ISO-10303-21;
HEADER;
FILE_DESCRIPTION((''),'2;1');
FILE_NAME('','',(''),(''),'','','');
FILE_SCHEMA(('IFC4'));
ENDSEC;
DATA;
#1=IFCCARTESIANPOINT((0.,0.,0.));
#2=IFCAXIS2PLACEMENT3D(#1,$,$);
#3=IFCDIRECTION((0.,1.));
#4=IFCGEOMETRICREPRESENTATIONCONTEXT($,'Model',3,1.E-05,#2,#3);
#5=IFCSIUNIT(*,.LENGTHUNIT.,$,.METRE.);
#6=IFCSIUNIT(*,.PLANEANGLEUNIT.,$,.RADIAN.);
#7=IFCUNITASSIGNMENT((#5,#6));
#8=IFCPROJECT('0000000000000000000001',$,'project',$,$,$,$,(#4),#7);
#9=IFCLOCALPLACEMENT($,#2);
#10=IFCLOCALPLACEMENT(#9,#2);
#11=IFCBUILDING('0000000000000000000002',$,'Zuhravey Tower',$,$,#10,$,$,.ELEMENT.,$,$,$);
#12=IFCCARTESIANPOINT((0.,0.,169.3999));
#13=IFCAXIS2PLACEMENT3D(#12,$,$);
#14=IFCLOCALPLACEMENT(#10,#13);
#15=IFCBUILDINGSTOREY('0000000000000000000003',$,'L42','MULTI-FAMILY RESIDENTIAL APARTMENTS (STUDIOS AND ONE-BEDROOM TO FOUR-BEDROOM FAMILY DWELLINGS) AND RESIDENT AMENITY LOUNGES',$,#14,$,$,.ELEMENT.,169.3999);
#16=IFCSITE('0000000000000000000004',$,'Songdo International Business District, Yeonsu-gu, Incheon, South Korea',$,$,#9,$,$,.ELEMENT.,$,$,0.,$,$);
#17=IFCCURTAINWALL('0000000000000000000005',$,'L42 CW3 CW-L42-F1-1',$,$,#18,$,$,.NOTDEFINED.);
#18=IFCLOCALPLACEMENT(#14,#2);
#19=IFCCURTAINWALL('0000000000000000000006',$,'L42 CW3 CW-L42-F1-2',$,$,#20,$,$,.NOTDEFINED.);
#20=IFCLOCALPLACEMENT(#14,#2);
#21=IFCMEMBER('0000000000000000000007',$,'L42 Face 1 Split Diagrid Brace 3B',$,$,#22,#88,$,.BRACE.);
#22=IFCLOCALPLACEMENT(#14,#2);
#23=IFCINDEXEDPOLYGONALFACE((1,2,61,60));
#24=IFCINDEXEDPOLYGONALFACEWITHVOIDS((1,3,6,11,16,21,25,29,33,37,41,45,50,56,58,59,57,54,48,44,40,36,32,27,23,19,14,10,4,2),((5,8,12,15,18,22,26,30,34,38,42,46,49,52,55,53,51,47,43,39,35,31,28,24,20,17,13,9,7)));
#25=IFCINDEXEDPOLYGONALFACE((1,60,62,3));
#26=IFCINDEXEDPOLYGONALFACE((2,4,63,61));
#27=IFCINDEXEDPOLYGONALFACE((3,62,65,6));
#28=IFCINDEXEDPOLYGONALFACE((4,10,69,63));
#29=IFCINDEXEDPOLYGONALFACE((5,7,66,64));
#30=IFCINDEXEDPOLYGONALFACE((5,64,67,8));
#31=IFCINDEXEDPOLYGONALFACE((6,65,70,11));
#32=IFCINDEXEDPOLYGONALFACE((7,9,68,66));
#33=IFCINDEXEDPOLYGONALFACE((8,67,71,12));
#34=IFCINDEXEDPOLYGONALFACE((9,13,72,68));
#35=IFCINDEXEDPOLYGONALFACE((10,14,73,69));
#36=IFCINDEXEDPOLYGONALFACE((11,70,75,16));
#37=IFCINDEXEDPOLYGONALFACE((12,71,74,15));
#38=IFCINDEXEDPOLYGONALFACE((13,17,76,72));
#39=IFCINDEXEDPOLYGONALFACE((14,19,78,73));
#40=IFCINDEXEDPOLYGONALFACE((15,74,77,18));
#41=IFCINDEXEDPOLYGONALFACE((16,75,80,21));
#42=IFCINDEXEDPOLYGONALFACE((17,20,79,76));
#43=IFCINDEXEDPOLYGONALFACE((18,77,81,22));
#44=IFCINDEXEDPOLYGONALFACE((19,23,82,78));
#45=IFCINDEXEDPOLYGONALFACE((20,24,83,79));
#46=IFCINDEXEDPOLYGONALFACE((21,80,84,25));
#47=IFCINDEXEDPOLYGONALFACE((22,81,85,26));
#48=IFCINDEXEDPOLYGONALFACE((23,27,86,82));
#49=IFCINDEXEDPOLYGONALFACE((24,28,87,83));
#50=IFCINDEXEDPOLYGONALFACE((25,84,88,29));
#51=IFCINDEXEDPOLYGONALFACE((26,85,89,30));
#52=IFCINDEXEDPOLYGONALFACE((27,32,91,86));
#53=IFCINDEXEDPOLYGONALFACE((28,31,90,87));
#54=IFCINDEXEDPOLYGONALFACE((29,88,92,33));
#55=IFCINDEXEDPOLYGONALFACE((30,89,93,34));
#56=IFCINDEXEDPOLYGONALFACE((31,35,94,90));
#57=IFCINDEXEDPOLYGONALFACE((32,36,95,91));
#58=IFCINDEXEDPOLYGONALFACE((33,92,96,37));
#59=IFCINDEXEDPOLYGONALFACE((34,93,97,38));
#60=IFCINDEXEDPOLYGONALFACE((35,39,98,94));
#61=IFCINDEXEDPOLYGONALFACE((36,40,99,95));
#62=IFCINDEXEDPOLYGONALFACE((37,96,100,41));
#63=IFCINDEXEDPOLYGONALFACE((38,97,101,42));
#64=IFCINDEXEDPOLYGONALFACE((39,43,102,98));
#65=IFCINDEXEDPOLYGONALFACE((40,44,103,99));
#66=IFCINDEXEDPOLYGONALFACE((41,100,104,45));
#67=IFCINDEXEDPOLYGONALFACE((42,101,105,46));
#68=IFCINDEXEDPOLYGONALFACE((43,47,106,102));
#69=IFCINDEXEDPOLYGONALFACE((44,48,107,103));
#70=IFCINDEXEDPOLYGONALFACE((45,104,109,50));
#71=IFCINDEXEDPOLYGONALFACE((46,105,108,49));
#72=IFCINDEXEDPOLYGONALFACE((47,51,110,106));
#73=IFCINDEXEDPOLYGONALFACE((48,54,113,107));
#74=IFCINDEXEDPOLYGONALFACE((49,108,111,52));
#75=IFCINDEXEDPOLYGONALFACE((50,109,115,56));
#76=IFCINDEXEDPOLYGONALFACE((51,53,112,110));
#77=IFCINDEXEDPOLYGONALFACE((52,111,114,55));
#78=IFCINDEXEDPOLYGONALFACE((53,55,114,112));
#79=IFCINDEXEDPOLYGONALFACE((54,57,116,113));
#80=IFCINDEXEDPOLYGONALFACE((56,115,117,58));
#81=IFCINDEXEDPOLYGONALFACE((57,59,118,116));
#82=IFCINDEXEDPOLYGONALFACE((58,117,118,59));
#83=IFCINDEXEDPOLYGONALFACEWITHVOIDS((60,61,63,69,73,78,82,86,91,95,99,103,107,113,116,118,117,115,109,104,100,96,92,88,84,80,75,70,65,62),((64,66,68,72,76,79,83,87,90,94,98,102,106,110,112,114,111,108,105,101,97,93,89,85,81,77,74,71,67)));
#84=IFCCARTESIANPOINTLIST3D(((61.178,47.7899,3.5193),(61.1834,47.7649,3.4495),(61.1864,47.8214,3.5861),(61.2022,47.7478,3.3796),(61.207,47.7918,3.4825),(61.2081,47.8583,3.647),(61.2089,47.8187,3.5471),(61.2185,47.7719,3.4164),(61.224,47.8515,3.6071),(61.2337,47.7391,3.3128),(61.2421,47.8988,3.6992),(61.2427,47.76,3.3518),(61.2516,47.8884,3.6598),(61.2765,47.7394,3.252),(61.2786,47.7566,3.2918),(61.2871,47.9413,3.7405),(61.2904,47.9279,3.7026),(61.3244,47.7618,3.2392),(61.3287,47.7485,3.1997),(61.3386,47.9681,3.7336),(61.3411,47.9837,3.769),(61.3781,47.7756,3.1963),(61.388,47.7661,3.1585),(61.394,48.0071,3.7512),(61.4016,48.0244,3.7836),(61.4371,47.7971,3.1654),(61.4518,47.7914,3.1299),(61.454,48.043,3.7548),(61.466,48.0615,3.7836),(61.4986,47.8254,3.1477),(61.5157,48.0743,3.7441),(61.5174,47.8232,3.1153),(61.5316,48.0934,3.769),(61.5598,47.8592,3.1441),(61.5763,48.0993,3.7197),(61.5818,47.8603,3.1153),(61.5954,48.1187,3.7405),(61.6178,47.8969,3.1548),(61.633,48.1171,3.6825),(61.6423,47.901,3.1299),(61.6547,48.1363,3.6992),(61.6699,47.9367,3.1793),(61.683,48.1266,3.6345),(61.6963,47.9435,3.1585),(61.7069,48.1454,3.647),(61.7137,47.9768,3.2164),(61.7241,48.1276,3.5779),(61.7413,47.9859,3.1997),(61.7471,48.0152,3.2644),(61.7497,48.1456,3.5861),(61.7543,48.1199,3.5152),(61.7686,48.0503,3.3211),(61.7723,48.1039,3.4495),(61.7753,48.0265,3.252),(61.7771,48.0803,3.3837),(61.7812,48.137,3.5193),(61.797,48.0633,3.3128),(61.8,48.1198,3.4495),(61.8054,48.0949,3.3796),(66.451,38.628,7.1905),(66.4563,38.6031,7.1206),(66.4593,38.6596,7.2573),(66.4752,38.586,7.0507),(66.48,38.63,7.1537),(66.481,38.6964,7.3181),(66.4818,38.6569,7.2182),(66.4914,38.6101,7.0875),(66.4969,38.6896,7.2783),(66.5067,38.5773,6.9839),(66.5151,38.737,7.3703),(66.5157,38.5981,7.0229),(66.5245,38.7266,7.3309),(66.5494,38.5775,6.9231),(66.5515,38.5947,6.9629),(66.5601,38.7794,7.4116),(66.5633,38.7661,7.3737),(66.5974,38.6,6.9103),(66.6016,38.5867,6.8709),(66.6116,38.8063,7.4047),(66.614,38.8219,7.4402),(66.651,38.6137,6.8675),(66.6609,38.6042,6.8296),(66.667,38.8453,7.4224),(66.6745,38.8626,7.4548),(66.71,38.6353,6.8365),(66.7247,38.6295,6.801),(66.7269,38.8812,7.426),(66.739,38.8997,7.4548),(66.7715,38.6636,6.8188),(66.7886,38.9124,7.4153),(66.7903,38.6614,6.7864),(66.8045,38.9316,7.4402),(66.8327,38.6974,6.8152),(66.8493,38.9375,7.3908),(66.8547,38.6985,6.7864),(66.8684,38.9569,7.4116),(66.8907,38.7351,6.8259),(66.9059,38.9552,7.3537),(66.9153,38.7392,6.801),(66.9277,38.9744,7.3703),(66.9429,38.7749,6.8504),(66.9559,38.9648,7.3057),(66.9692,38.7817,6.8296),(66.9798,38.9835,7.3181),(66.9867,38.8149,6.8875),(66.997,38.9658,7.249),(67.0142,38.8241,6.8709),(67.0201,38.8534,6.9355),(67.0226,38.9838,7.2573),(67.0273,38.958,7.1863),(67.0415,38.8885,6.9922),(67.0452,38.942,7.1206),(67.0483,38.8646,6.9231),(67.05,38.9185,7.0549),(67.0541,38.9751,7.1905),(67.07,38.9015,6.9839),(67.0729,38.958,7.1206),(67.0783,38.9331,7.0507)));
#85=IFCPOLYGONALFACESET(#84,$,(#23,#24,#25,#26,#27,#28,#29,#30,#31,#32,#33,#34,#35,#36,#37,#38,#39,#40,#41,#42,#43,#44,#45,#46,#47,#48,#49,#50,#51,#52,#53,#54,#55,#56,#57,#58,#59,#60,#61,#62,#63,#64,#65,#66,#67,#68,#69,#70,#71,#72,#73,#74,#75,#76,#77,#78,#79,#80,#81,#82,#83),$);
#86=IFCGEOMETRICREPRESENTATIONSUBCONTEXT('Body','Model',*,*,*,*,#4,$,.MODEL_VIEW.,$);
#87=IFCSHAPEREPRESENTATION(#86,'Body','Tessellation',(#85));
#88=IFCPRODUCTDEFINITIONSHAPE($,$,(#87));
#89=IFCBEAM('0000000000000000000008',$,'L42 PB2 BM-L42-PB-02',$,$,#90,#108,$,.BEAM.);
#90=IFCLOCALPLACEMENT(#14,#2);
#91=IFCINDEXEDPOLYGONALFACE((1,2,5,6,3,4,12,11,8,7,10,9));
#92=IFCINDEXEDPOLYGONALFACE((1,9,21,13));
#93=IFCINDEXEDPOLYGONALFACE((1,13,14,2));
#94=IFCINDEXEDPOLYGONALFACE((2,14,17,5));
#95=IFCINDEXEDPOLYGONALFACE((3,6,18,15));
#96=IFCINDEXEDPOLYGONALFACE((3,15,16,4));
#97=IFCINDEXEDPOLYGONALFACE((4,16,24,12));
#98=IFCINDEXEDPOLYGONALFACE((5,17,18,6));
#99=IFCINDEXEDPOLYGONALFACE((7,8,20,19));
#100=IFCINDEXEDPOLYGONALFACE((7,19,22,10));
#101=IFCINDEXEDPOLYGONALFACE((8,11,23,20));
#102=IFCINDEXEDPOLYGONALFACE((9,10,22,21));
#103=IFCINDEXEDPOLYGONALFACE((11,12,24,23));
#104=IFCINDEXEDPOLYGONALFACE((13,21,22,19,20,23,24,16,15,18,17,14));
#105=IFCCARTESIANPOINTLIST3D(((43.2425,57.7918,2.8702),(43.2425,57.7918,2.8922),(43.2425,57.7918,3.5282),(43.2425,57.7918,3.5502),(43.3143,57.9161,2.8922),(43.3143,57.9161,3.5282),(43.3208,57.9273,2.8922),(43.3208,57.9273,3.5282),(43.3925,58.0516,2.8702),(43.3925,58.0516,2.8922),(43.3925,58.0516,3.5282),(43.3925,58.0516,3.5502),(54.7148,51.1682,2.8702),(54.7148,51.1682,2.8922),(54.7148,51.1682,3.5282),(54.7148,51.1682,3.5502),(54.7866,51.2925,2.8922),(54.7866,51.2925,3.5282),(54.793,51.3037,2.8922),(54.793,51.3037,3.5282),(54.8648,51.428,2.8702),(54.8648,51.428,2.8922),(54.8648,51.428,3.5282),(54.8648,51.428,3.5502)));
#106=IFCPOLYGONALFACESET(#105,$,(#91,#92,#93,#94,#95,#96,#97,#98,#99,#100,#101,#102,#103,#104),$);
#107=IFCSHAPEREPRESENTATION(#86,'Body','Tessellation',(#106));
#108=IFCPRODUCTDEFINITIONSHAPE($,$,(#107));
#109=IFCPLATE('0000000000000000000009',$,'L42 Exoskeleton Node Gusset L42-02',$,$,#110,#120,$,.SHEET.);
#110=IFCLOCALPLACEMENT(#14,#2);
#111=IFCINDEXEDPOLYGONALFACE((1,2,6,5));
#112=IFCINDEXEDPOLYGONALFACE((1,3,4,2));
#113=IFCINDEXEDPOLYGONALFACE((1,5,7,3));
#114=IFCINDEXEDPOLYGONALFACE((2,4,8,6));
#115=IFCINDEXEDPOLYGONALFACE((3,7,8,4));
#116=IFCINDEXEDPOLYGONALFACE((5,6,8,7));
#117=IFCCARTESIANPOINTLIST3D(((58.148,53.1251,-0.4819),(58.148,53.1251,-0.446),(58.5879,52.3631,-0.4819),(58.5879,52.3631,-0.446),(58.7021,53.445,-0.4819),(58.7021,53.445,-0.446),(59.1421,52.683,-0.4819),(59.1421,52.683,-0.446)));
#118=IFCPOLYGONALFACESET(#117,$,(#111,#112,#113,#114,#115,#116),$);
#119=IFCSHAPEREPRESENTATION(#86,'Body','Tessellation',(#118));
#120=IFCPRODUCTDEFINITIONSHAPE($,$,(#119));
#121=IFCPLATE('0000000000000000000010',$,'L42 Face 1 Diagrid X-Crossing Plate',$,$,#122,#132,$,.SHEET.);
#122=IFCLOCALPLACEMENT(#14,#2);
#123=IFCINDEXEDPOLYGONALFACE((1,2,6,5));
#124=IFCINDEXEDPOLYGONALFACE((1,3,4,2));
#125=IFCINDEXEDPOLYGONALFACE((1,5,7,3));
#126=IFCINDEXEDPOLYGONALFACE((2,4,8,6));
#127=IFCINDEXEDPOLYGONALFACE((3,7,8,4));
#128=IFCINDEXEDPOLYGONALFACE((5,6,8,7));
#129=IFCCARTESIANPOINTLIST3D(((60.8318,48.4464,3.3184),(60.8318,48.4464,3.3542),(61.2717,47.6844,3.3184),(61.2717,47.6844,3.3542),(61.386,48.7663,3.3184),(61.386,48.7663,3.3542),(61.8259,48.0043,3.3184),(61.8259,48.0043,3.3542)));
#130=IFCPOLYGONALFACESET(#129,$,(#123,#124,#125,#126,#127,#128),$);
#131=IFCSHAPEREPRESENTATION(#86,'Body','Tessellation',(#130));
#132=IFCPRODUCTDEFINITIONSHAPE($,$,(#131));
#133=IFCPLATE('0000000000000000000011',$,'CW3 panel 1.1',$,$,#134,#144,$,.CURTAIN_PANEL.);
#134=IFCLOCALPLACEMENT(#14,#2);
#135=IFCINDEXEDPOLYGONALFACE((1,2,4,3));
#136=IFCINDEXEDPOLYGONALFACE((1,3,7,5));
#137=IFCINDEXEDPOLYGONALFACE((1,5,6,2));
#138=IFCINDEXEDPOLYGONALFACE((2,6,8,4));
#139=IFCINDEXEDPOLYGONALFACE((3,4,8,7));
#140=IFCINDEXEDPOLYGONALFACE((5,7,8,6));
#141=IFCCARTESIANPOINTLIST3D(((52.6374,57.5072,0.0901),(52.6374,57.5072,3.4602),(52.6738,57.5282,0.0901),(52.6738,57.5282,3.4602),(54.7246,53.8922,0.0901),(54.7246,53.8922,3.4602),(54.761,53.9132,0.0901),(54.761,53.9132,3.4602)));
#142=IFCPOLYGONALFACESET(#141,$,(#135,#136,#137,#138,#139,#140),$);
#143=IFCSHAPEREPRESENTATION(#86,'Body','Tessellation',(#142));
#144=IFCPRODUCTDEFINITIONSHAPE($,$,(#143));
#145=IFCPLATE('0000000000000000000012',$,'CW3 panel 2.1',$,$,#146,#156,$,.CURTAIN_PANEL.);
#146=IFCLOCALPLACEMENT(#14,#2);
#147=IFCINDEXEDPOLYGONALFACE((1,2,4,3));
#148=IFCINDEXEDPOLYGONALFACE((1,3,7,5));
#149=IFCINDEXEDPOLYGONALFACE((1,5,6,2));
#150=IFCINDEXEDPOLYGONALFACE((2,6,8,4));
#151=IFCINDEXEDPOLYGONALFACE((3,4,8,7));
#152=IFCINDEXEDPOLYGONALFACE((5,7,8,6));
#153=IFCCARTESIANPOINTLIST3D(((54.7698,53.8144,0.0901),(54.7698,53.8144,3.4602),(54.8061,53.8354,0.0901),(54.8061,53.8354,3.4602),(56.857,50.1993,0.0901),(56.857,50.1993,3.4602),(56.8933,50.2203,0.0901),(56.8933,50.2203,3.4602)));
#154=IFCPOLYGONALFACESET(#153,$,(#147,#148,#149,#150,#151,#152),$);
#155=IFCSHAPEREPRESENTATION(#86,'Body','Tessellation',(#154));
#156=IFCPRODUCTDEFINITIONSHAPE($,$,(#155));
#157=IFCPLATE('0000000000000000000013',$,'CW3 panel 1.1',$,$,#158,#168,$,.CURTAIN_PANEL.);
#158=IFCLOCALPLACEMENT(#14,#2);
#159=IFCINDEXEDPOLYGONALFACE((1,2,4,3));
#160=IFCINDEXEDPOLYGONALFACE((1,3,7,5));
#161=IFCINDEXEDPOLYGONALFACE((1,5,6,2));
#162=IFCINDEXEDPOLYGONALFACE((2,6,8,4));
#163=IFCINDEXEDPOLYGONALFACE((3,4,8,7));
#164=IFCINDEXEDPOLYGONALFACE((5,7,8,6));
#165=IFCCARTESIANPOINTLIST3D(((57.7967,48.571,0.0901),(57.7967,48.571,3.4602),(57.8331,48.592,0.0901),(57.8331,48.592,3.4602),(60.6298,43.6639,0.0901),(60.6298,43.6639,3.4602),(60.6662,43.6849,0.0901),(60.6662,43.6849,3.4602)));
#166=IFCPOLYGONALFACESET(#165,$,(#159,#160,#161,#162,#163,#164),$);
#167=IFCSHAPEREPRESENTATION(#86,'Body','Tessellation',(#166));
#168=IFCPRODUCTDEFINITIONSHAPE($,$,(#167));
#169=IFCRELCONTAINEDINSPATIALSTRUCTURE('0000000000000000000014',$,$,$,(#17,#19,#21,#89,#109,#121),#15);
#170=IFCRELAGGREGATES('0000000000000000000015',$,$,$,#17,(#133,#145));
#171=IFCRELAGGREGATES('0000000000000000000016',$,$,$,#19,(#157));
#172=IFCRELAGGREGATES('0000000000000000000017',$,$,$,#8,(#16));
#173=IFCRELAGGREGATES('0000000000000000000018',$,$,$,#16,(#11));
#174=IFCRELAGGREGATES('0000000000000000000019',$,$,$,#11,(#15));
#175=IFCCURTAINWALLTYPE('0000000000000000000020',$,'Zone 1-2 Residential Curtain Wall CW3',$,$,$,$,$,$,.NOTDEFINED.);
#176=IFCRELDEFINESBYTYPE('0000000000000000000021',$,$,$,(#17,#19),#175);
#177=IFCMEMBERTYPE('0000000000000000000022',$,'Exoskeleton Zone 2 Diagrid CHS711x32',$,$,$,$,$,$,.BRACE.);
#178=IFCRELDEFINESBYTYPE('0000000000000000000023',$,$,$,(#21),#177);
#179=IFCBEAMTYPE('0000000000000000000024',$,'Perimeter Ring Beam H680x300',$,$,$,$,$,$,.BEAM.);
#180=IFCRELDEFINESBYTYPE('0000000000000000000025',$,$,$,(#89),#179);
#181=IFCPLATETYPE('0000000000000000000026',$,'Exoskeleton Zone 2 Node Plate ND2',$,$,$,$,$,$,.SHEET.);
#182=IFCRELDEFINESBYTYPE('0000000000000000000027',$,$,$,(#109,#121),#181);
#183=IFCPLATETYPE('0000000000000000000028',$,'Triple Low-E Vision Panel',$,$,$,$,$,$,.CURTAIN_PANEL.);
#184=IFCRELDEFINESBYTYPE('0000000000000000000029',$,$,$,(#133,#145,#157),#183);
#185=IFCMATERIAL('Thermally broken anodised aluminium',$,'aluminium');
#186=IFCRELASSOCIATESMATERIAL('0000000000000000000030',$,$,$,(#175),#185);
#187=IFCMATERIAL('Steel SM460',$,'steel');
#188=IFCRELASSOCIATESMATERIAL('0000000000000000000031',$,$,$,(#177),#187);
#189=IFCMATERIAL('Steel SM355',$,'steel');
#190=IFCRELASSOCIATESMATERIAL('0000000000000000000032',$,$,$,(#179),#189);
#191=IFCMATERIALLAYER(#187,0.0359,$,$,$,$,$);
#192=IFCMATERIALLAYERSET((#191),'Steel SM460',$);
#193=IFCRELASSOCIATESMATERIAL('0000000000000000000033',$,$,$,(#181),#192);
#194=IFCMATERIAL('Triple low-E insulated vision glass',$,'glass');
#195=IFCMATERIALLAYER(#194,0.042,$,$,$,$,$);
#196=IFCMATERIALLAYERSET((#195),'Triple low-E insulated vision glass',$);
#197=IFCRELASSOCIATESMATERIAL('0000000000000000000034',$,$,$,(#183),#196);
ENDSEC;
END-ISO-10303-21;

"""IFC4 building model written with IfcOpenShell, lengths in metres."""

from ifc_helpers import new_model, si_unit, direction, frame, origin, origin_2d, place, context, subcontext, project, spatial, rectangle, hollow_circle, i_section, extrude, material, layer, layer_set, material_profile, profile_set, type_object, element, aggregate, save


model = new_model("IFC4")

# Units and contexts
model_context = context("Model", 3, precision=1e-05, world=origin(), true_north=direction((0.0, 1.0)))
body_context = subcontext(model_context, "Body", "Model", "MODEL_VIEW")
ifc_project = project(units=[si_unit("LENGTHUNIT", "METRE"), si_unit("PLANEANGLEUNIT", "RADIAN")], contexts=[model_context])

# Site, building, storey
site_placement = place(None, origin())
site = spatial("IfcSite", under=ifc_project, at=site_placement, Name="Songdo International Business District, Yeonsu-gu, Incheon, South Korea", CompositionType="ELEMENT", RefElevation=0.0)
building_placement = place(site_placement, origin())
building = spatial("IfcBuilding", under=site, at=building_placement, Name="Zuhravey Tower", CompositionType="ELEMENT")
storey_placement = place(building_placement, frame((0.0, 0.0, 169.3999)))
storey = spatial("IfcBuildingStorey", under=building, at=storey_placement, Name="L42", Description="MULTI-FAMILY RESIDENTIAL APARTMENTS (STUDIOS AND ONE-BEDROOM TO FOUR-BEDROOM FAMILY DWELLINGS) AND RESIDENT AMENITY LOUNGES", CompositionType="ELEMENT", Elevation=169.3999)

# Curtain wall
ifc_material_1 = material(Name="Thermally broken anodised aluminium", Category="aluminium")
curtain_wall_type = type_object("IfcCurtainWallType", Name="Zone 1-2 Residential Curtain Wall CW3", PredefinedType="NOTDEFINED", material=ifc_material_1)
curtain_wall_1_placement = place(storey_placement, origin())
curtain_wall_1 = element("IfcCurtainWall", 1, at=curtain_wall_1_placement, inside=storey, type_object=curtain_wall_type, Name="L42 CW3 CW-L42-F1-1", PredefinedType="NOTDEFINED")

# Curtain wall
curtain_wall_2_placement = place(storey_placement, origin())
curtain_wall_2 = element("IfcCurtainWall", 2, at=curtain_wall_2_placement, inside=storey, type_object=curtain_wall_type, Name="L42 CW3 CW-L42-F1-2", PredefinedType="NOTDEFINED")

# Member
ifc_material_2 = material(Name="Steel SM460", Category="steel")
ifc_material_profile_1 = material_profile(ifc_material_2, hollow_circle(Radius=0.3557, WallThickness=0.032, at=origin_2d()), Name="CHS-711.2x32")
ifc_profile_set_1 = profile_set([ifc_material_profile_1], Name="Steel SM460")
member_type_1 = type_object("IfcMemberType", Name="Exoskeleton Zone 2 Diagrid CHS711x32", PredefinedType="BRACE", material=ifc_profile_set_1)
member_1_placement = place(storey_placement, frame((61.4917, 47.9424, 3.4495), z_axis=(0.47121, -0.818739, 0.328067), x_axis=(0.866707, 0.498818, 0.0)))
element("IfcMember", 3, at=member_1_placement, inside=storey, type_object=member_type_1, Name="L42 Face 1 Split Diagrid Brace 3B", PredefinedType="BRACE", context=body_context, shape_type="SweptSolid", body=[
    extrude(hollow_circle(Radius=0.3557, WallThickness=0.032, at=origin_2d()), origin(), (0.0, 0.0, 1.0), 11.1902),
])

# Beam
ifc_material_3 = material(Name="Steel SM355", Category="steel")
ifc_material_profile_2 = material_profile(ifc_material_3, i_section(OverallWidth=0.3, OverallDepth=0.6799, WebThickness=0.0129, FlangeThickness=0.022, at=origin_2d()), Name="H-680x300x13x22")
ifc_profile_set_2 = profile_set([ifc_material_profile_2], Name="Steel SM355")
beam_type = type_object("IfcBeamType", Name="Perimeter Ring Beam H680x300", PredefinedType="BEAM", material=ifc_profile_set_2)
beam_placement = place(storey_placement, frame((54.7898, 51.2981, 3.2102), z_axis=(-0.866023, 0.500004, 0.0), x_axis=(-0.500004, -0.866023, 0.0)))
element("IfcBeam", 4, at=beam_placement, inside=storey, type_object=beam_type, Name="L42 PB2 BM-L42-PB-02", PredefinedType="BEAM", context=body_context, shape_type="SweptSolid", body=[
    extrude(i_section(OverallWidth=0.3, OverallDepth=0.6799, WebThickness=0.0129, FlangeThickness=0.022, at=origin_2d()), origin(), (0.0, 0.0, 1.0), 13.2471),
])

# Plates
ifc_layer_1 = layer(ifc_material_2, 0.0359)
ifc_layer_set_1 = layer_set([ifc_layer_1], Name="Steel SM460")
plate_type_1 = type_object("IfcPlateType", Name="Exoskeleton Zone 2 Node Plate ND2", PredefinedType="SHEET", material=ifc_layer_set_1)
for number, where, z_axis, x_axis, name in (
    (5, (58.645, 52.9041, -0.4819), (0.0, 0.0, 1.0), (-0.5, 0.866025, 0.0), "L42 Exoskeleton Node Gusset L42-02"),
    (6, (61.3289, 48.2253, 3.3184), (0.0, 0.0, 1.0), (-0.5, 0.866025, 0.0), "L42 Face 1 Diagrid X-Crossing Plate"),
):
    element("IfcPlate", number, at=place(storey_placement, frame(where, z_axis=z_axis, x_axis=x_axis)), inside=storey, type_object=plate_type_1, Name=name, PredefinedType="SHEET", context=body_context, shape_type="SweptSolid", body=[
        extrude(rectangle(XDim=0.8799, YDim=0.6399, at=origin_2d()), origin(), (0.0, 0.0, 1.0), 0.0359),
    ])

# Plates
ifc_material_4 = material(Name="Triple low-E insulated vision glass", Category="glass")
ifc_layer_2 = layer(ifc_material_4, 0.042)
ifc_layer_set_2 = layer_set([ifc_layer_2], Name="Triple low-E insulated vision glass")
plate_type_2 = type_object("IfcPlateType", Name="Triple Low-E Vision Panel", PredefinedType="CURTAIN_PANEL", material=ifc_layer_set_2)
plate_1_placement = place(storey_placement, frame((53.6992, 55.7102, 0.0901), z_axis=(0.0, 0.0, 1.0), x_axis=(0.500006, -0.866022, 0.0)))
plate_1 = element("IfcPlate", 7, at=plate_1_placement, type_object=plate_type_2, Name="CW3 panel 1.1", PredefinedType="CURTAIN_PANEL", context=body_context, shape_type="SweptSolid", body=[
    extrude(rectangle(XDim=4.1743, YDim=0.042, at=origin_2d()), origin(), (0.0, 0.0, 1.0), 3.3701),
])
plate_2_placement = place(storey_placement, frame((55.8315, 52.0173, 0.0901), z_axis=(0.0, 0.0, 1.0), x_axis=(0.500006, -0.866022, 0.0)))
plate_2 = element("IfcPlate", 8, at=plate_2_placement, type_object=plate_type_2, Name="CW3 panel 2.1", PredefinedType="CURTAIN_PANEL", context=body_context, shape_type="SweptSolid", body=[
    extrude(rectangle(XDim=4.1743, YDim=0.042, at=origin_2d()), origin(), (0.0, 0.0, 1.0), 3.3701),
])
aggregate(curtain_wall_1, [plate_1, plate_2])
plate_3_placement = place(storey_placement, frame((59.2314, 46.1279, 0.0901), z_axis=(0.0, 0.0, 1.0), x_axis=(0.499999, -0.866026, 0.0)))
plate_3 = element("IfcPlate", 9, at=plate_3_placement, type_object=plate_type_2, Name="CW3 panel 1.1", PredefinedType="CURTAIN_PANEL", context=body_context, shape_type="SweptSolid", body=[
    extrude(rectangle(XDim=5.6663, YDim=0.042, at=origin_2d()), origin(), (0.0, 0.0, 1.0), 3.3701),
])
aggregate(curtain_wall_2, [plate_3])

save(model, "model.ifc")
